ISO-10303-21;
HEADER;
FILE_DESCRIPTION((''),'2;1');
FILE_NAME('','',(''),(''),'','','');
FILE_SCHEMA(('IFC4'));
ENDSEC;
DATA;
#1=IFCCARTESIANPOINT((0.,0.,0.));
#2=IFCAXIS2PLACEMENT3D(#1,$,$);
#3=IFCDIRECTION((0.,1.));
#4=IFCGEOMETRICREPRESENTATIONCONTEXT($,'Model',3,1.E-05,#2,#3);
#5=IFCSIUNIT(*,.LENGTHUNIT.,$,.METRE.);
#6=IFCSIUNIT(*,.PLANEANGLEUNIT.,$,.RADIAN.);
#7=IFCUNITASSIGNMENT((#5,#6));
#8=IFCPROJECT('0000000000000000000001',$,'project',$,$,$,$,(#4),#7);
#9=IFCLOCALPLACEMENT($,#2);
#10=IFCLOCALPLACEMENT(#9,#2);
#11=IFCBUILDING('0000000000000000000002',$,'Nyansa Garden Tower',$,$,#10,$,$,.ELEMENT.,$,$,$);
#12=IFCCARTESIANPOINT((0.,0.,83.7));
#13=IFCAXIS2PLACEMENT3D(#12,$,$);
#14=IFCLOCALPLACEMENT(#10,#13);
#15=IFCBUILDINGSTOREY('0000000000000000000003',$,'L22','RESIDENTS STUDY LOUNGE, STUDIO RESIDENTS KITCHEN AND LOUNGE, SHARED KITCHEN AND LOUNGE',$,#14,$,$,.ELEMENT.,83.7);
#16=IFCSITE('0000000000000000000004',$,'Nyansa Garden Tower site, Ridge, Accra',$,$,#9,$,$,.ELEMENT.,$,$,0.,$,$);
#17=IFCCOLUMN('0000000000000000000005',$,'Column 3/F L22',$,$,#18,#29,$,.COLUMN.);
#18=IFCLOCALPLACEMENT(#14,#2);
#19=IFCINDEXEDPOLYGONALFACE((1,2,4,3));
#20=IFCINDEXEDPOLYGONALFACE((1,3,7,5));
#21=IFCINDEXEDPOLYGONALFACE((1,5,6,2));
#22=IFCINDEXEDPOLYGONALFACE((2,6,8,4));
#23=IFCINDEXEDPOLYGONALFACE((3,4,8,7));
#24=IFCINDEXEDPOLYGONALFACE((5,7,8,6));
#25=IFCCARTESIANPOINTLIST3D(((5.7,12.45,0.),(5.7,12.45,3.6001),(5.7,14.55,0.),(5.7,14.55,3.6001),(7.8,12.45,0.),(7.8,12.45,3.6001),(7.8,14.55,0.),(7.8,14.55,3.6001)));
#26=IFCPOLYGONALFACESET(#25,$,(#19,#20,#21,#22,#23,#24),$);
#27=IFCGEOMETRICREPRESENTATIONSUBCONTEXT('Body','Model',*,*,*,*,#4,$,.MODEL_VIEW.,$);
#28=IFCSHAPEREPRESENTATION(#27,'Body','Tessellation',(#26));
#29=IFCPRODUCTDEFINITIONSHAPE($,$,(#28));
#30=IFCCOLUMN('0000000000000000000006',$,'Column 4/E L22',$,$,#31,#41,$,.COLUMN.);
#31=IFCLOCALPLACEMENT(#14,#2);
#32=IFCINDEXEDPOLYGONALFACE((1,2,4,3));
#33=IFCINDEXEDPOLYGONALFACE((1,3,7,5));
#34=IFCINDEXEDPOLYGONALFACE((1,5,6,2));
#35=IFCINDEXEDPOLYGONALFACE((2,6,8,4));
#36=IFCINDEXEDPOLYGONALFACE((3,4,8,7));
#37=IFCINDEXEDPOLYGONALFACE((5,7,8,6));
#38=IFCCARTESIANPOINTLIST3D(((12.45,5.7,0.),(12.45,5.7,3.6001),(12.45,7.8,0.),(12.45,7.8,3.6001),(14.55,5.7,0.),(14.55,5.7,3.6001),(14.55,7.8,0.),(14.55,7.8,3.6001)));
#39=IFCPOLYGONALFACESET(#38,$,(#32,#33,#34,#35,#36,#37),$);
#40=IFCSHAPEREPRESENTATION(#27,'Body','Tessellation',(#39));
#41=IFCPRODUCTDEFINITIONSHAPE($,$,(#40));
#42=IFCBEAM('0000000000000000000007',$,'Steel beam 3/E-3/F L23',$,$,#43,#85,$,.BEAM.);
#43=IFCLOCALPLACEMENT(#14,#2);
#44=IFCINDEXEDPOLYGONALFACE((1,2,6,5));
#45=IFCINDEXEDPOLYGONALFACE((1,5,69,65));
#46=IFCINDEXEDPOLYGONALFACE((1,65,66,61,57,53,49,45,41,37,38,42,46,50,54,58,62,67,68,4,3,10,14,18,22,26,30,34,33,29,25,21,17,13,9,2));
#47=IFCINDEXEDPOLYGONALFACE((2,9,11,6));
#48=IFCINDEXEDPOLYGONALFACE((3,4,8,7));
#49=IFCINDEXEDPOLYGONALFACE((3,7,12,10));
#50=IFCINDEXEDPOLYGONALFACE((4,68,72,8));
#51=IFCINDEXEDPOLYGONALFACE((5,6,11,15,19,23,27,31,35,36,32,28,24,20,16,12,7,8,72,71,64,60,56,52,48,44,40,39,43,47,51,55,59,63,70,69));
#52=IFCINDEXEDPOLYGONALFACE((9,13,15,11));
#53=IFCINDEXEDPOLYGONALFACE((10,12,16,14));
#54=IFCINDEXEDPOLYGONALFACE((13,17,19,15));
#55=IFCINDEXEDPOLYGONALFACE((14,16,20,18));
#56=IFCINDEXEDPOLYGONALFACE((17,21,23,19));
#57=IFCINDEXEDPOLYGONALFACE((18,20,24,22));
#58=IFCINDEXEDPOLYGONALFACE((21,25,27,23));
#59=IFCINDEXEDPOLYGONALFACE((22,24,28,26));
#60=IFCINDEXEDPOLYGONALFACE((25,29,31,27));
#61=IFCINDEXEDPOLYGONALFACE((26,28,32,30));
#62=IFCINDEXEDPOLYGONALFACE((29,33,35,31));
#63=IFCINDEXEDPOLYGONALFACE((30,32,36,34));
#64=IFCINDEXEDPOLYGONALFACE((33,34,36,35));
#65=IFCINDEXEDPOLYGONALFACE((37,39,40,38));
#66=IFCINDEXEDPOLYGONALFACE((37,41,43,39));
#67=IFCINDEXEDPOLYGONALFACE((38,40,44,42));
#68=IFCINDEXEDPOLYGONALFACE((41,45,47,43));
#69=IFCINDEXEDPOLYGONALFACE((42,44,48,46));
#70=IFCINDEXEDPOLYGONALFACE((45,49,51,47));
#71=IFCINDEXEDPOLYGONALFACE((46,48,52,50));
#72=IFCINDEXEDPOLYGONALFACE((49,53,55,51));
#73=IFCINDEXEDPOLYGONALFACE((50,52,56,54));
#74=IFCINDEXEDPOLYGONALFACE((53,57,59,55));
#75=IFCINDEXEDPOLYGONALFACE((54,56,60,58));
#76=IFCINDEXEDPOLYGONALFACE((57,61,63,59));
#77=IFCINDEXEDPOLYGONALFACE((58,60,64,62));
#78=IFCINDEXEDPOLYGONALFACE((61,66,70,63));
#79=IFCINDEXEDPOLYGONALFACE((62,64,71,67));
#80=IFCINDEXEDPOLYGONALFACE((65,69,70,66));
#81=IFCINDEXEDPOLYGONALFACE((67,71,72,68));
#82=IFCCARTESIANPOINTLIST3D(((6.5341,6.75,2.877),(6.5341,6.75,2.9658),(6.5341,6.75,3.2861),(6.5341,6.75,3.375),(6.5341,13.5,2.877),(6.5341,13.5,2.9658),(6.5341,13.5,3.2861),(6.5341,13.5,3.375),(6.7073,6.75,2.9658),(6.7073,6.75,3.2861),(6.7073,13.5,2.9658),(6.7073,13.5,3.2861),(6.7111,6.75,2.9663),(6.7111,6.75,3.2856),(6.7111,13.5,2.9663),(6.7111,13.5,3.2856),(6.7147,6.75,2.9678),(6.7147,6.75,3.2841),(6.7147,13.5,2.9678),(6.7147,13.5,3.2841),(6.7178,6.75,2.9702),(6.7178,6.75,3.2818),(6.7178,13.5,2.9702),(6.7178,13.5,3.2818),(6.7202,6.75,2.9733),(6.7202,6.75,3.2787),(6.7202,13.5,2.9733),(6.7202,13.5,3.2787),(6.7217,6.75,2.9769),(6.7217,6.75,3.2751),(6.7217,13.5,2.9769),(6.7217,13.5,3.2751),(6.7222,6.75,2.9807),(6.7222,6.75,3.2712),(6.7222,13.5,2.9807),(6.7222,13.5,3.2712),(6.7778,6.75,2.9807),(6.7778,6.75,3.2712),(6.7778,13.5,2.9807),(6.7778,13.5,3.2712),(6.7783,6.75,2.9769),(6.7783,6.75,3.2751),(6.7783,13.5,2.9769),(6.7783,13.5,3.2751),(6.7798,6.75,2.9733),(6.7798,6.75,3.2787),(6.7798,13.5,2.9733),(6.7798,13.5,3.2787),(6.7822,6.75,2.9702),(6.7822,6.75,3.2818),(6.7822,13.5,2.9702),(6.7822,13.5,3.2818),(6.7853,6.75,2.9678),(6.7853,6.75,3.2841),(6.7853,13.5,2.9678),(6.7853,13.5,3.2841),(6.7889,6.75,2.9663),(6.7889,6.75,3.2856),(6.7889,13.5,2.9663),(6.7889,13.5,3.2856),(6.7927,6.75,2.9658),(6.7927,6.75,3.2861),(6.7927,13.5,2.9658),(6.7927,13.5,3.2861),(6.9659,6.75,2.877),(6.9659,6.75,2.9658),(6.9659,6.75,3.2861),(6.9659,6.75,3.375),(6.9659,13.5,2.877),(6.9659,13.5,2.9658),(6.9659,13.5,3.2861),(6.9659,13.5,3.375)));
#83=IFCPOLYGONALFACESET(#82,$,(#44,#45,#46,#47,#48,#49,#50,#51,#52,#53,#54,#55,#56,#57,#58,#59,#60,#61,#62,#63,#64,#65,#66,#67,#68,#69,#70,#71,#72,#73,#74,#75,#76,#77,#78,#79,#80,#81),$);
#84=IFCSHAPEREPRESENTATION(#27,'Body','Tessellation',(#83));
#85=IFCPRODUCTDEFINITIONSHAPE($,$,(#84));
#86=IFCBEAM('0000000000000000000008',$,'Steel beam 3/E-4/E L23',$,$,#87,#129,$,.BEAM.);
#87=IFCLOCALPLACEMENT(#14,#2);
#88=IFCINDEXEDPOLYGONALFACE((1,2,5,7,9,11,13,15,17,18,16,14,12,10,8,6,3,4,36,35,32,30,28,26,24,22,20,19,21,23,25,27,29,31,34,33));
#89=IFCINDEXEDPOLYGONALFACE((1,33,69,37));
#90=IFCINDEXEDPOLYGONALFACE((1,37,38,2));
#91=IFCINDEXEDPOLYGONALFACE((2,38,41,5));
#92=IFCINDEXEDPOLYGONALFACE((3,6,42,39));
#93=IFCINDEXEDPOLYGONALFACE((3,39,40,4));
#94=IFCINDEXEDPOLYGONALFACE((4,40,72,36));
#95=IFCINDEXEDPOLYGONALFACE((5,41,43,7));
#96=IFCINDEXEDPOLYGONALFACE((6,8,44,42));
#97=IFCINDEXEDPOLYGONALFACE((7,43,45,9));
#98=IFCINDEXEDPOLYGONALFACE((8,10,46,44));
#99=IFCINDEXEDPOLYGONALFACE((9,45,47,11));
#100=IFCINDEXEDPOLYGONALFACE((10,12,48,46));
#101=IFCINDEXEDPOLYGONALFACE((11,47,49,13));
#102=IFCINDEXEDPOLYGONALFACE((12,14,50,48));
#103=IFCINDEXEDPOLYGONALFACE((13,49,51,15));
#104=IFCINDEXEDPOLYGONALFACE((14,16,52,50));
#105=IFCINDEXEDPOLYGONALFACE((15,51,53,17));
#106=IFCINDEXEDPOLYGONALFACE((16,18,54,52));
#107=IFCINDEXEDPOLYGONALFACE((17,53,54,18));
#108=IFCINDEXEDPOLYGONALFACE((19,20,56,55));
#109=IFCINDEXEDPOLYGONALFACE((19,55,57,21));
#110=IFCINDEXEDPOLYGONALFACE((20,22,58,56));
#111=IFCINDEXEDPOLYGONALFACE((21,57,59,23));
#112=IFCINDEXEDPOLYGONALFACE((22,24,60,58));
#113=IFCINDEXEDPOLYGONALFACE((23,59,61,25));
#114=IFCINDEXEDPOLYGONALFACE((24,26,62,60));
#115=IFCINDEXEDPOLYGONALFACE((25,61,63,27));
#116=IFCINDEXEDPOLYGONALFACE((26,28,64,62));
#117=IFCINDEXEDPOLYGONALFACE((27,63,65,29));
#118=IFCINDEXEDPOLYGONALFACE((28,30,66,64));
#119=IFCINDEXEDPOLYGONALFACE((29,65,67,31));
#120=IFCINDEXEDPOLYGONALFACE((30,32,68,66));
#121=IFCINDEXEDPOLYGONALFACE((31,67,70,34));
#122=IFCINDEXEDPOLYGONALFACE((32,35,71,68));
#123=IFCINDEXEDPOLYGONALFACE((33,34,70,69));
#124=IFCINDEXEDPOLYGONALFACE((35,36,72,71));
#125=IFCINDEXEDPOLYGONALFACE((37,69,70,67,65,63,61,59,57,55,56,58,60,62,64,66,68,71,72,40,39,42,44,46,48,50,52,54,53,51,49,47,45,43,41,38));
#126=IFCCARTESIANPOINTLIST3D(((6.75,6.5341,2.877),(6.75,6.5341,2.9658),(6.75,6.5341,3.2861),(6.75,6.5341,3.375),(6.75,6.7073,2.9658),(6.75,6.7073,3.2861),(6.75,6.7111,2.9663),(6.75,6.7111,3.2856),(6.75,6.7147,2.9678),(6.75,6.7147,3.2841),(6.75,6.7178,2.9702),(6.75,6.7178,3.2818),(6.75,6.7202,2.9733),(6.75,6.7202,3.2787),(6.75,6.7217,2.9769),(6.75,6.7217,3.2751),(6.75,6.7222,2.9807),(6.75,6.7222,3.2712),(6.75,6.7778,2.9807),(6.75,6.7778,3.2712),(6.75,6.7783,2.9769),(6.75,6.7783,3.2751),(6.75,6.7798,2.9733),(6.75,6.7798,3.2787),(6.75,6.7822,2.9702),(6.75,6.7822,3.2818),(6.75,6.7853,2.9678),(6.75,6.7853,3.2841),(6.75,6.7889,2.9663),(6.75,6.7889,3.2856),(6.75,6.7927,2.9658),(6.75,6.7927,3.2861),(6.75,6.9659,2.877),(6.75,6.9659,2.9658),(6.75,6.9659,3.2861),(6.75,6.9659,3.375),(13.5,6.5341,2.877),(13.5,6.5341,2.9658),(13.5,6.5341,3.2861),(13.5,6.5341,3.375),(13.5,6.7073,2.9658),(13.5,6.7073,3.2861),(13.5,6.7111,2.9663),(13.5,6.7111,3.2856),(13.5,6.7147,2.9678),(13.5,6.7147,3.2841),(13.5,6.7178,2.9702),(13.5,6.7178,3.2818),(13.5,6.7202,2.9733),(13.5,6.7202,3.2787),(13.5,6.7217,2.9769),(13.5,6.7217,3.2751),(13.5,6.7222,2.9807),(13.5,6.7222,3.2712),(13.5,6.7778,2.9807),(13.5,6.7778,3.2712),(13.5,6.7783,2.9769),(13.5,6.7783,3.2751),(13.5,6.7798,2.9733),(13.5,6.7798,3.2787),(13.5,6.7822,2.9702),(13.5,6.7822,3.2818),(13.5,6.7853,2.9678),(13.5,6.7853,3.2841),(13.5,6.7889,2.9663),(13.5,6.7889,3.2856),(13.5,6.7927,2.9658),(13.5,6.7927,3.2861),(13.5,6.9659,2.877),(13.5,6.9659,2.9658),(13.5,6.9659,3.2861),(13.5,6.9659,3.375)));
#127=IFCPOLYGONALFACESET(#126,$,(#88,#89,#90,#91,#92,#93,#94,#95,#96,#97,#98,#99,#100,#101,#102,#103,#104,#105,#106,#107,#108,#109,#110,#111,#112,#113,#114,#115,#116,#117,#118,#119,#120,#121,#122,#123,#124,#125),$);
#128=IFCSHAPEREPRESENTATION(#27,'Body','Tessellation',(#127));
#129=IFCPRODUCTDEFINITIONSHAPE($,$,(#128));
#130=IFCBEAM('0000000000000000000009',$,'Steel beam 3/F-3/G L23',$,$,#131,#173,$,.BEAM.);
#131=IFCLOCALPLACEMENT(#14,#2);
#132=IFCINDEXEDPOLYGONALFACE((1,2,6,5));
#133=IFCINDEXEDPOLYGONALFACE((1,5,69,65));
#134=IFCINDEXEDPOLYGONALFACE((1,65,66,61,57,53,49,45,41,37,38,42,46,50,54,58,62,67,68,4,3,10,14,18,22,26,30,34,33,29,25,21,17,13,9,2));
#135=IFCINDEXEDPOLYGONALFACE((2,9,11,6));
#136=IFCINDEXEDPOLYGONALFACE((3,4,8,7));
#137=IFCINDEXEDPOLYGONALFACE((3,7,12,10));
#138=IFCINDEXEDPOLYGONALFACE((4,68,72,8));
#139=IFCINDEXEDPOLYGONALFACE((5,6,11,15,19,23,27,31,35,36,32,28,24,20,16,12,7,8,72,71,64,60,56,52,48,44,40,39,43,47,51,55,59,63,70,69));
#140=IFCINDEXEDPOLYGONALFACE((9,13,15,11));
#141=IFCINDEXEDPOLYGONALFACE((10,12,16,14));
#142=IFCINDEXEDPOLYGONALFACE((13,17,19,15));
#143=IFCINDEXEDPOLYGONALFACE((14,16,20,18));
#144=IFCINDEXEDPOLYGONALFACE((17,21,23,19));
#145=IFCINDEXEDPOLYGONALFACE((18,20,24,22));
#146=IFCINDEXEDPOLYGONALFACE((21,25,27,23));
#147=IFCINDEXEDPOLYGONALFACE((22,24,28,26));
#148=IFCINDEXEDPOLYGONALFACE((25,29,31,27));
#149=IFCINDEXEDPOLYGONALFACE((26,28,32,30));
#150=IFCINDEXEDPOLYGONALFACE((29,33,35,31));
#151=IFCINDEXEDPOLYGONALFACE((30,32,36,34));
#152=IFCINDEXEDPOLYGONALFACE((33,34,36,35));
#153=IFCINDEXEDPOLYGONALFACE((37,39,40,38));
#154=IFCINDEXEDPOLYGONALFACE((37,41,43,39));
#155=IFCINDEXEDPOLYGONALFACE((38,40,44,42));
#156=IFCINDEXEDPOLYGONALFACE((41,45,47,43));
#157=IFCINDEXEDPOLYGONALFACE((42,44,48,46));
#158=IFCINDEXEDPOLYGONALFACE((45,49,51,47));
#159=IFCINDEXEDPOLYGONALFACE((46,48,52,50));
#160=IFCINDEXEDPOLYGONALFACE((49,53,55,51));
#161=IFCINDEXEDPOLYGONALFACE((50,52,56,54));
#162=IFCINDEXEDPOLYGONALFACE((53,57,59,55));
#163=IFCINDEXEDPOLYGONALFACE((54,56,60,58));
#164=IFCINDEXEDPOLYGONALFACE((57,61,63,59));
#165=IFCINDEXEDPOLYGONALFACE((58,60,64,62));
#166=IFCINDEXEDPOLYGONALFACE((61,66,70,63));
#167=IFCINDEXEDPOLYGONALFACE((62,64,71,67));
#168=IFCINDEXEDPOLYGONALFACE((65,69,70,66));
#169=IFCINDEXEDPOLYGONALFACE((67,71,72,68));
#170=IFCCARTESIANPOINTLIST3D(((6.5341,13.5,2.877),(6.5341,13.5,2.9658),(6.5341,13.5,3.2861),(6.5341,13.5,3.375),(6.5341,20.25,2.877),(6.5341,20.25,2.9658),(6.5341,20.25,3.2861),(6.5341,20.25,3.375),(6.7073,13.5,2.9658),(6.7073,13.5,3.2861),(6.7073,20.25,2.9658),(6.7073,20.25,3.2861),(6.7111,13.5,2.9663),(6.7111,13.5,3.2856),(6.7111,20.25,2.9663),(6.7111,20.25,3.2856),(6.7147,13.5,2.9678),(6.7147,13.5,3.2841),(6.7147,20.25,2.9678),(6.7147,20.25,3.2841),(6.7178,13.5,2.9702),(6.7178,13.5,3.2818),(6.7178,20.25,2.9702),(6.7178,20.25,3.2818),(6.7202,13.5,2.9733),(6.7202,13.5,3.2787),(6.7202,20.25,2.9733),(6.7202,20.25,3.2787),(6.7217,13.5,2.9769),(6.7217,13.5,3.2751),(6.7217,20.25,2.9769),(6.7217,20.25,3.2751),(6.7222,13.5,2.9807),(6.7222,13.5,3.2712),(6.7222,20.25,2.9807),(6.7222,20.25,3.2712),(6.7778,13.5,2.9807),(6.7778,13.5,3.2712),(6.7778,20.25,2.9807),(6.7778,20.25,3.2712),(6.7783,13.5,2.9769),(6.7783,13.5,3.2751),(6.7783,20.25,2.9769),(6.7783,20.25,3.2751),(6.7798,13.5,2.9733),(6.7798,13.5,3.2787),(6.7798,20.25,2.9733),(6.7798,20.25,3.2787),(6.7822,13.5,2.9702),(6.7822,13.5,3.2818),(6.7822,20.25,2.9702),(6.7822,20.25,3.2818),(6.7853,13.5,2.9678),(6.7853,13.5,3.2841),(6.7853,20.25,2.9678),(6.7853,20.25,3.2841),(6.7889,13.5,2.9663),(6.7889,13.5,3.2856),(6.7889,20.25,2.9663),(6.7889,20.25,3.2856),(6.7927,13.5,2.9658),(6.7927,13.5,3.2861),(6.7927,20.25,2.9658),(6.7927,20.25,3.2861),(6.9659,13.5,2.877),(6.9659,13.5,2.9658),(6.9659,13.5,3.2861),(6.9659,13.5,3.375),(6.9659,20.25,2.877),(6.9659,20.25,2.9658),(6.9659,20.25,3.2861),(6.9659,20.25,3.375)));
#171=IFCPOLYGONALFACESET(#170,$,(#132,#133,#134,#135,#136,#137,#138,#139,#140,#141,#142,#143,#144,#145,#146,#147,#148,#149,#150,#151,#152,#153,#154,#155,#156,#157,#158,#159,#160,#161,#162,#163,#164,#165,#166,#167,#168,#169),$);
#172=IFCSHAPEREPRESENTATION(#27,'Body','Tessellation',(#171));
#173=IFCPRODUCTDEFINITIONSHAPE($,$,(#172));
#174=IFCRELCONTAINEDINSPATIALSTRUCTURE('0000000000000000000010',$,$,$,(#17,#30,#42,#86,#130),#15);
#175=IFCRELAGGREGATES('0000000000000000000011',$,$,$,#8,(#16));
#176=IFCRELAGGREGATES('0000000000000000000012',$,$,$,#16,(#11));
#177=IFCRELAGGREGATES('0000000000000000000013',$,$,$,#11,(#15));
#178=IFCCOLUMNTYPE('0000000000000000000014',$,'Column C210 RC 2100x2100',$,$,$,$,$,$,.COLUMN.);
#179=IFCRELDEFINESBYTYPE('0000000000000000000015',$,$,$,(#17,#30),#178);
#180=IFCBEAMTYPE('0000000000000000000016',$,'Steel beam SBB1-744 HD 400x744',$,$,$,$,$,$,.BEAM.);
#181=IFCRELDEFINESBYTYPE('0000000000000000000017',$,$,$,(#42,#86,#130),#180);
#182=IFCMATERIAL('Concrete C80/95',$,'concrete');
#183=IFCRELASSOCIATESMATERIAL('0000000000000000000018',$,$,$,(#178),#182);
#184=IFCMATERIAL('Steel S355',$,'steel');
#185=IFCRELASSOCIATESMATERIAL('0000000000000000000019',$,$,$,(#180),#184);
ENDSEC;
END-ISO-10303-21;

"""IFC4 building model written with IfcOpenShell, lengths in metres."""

from ifc_helpers import new_model, si_unit, direction, frame, origin, origin_2d, place, context, subcontext, project, spatial, rectangle, i_section, extrude, material, material_profile, profile_set, type_object, element, save


model = new_model("IFC4")

# Units and contexts
model_context = context("Model", 3, precision=1e-05, world=origin(), true_north=direction((0.0, 1.0)))
body_context = subcontext(model_context, "Body", "Model", "MODEL_VIEW")
ifc_project = project(units=[si_unit("LENGTHUNIT", "METRE"), si_unit("PLANEANGLEUNIT", "RADIAN")], contexts=[model_context])

# Site, building, storey
site_placement = place(None, origin())
site = spatial("IfcSite", under=ifc_project, at=site_placement, Name="Nyansa Garden Tower site, Ridge, Accra", CompositionType="ELEMENT", RefElevation=0.0)
building_placement = place(site_placement, origin())
building = spatial("IfcBuilding", under=site, at=building_placement, Name="Nyansa Garden Tower", CompositionType="ELEMENT")
storey_placement = place(building_placement, frame((0.0, 0.0, 83.7)))
storey = spatial("IfcBuildingStorey", under=building, at=storey_placement, Name="L22", Description="RESIDENTS STUDY LOUNGE, STUDIO RESIDENTS KITCHEN AND LOUNGE, SHARED KITCHEN AND LOUNGE", CompositionType="ELEMENT", Elevation=83.7)

# Columns
ifc_material_1 = material(Name="Concrete C80/95", Category="concrete")
ifc_material_profile_1 = material_profile(ifc_material_1, rectangle(XDim=2.1001, YDim=2.1001, at=origin_2d()), Name="RC 2100x2100")
ifc_profile_set_1 = profile_set([ifc_material_profile_1], Name="Concrete C80/95")
column_type = type_object("IfcColumnType", Name="Column C210 RC 2100x2100", PredefinedType="COLUMN", material=ifc_profile_set_1)
for number, where, z_axis, x_axis, name in (
    (1, (6.75, 13.5, 0.0), (0.0, 0.0, 1.0), (1.0, 0.0, 0.0), "Column 3/F L22"),
    (2, (13.5, 6.75, 0.0), (0.0, 0.0, 1.0), (1.0, 0.0, 0.0), "Column 4/E L22"),
):
    element("IfcColumn", number, at=place(storey_placement, frame(where, z_axis=z_axis, x_axis=x_axis)), inside=storey, type_object=column_type, Name=name, PredefinedType="COLUMN", context=body_context, shape_type="SweptSolid", body=[
        extrude(rectangle(XDim=2.1001, YDim=2.1001, at=origin_2d()), origin(), (0.0, 0.0, 1.0), 3.6001),
    ])

# Beams
ifc_material_2 = material(Name="Steel S355", Category="steel")
ifc_material_profile_2 = material_profile(ifc_material_2, i_section(OverallWidth=0.4319, OverallDepth=0.498, WebThickness=0.0557, FlangeThickness=0.0889, FilletRadius=0.0149, at=origin_2d()), Name="HD 400x744")
ifc_profile_set_2 = profile_set([ifc_material_profile_2], Name="Steel S355")
beam_type_1 = type_object("IfcBeamType", Name="Steel beam SBB1-744 HD 400x744", PredefinedType="BEAM", material=ifc_profile_set_2)
for number, where, z_axis, x_axis, name in (
    (3, (6.75, 6.75, 3.126), (0.0, 1.0, 0.0), (-1.0, 0.0, 0.0), "Steel beam 3/E-3/F L23"),
    (4, (6.75, 6.75, 3.126), (1.0, 0.0, 0.0), (0.0, 1.0, 0.0), "Steel beam 3/E-4/E L23"),
    (5, (6.75, 13.5, 3.126), (0.0, 1.0, 0.0), (-1.0, 0.0, 0.0), "Steel beam 3/F-3/G L23"),
):
    element("IfcBeam", number, at=place(storey_placement, frame(where, z_axis=z_axis, x_axis=x_axis)), inside=storey, type_object=beam_type_1, Name=name, PredefinedType="BEAM", context=body_context, shape_type="SweptSolid", body=[
        extrude(i_section(OverallWidth=0.4319, OverallDepth=0.498, WebThickness=0.0557, FlangeThickness=0.0889, FilletRadius=0.0149, at=origin_2d()), origin(), (0.0, 0.0, 1.0), 6.75),
    ])

save(model, "model.ifc")
